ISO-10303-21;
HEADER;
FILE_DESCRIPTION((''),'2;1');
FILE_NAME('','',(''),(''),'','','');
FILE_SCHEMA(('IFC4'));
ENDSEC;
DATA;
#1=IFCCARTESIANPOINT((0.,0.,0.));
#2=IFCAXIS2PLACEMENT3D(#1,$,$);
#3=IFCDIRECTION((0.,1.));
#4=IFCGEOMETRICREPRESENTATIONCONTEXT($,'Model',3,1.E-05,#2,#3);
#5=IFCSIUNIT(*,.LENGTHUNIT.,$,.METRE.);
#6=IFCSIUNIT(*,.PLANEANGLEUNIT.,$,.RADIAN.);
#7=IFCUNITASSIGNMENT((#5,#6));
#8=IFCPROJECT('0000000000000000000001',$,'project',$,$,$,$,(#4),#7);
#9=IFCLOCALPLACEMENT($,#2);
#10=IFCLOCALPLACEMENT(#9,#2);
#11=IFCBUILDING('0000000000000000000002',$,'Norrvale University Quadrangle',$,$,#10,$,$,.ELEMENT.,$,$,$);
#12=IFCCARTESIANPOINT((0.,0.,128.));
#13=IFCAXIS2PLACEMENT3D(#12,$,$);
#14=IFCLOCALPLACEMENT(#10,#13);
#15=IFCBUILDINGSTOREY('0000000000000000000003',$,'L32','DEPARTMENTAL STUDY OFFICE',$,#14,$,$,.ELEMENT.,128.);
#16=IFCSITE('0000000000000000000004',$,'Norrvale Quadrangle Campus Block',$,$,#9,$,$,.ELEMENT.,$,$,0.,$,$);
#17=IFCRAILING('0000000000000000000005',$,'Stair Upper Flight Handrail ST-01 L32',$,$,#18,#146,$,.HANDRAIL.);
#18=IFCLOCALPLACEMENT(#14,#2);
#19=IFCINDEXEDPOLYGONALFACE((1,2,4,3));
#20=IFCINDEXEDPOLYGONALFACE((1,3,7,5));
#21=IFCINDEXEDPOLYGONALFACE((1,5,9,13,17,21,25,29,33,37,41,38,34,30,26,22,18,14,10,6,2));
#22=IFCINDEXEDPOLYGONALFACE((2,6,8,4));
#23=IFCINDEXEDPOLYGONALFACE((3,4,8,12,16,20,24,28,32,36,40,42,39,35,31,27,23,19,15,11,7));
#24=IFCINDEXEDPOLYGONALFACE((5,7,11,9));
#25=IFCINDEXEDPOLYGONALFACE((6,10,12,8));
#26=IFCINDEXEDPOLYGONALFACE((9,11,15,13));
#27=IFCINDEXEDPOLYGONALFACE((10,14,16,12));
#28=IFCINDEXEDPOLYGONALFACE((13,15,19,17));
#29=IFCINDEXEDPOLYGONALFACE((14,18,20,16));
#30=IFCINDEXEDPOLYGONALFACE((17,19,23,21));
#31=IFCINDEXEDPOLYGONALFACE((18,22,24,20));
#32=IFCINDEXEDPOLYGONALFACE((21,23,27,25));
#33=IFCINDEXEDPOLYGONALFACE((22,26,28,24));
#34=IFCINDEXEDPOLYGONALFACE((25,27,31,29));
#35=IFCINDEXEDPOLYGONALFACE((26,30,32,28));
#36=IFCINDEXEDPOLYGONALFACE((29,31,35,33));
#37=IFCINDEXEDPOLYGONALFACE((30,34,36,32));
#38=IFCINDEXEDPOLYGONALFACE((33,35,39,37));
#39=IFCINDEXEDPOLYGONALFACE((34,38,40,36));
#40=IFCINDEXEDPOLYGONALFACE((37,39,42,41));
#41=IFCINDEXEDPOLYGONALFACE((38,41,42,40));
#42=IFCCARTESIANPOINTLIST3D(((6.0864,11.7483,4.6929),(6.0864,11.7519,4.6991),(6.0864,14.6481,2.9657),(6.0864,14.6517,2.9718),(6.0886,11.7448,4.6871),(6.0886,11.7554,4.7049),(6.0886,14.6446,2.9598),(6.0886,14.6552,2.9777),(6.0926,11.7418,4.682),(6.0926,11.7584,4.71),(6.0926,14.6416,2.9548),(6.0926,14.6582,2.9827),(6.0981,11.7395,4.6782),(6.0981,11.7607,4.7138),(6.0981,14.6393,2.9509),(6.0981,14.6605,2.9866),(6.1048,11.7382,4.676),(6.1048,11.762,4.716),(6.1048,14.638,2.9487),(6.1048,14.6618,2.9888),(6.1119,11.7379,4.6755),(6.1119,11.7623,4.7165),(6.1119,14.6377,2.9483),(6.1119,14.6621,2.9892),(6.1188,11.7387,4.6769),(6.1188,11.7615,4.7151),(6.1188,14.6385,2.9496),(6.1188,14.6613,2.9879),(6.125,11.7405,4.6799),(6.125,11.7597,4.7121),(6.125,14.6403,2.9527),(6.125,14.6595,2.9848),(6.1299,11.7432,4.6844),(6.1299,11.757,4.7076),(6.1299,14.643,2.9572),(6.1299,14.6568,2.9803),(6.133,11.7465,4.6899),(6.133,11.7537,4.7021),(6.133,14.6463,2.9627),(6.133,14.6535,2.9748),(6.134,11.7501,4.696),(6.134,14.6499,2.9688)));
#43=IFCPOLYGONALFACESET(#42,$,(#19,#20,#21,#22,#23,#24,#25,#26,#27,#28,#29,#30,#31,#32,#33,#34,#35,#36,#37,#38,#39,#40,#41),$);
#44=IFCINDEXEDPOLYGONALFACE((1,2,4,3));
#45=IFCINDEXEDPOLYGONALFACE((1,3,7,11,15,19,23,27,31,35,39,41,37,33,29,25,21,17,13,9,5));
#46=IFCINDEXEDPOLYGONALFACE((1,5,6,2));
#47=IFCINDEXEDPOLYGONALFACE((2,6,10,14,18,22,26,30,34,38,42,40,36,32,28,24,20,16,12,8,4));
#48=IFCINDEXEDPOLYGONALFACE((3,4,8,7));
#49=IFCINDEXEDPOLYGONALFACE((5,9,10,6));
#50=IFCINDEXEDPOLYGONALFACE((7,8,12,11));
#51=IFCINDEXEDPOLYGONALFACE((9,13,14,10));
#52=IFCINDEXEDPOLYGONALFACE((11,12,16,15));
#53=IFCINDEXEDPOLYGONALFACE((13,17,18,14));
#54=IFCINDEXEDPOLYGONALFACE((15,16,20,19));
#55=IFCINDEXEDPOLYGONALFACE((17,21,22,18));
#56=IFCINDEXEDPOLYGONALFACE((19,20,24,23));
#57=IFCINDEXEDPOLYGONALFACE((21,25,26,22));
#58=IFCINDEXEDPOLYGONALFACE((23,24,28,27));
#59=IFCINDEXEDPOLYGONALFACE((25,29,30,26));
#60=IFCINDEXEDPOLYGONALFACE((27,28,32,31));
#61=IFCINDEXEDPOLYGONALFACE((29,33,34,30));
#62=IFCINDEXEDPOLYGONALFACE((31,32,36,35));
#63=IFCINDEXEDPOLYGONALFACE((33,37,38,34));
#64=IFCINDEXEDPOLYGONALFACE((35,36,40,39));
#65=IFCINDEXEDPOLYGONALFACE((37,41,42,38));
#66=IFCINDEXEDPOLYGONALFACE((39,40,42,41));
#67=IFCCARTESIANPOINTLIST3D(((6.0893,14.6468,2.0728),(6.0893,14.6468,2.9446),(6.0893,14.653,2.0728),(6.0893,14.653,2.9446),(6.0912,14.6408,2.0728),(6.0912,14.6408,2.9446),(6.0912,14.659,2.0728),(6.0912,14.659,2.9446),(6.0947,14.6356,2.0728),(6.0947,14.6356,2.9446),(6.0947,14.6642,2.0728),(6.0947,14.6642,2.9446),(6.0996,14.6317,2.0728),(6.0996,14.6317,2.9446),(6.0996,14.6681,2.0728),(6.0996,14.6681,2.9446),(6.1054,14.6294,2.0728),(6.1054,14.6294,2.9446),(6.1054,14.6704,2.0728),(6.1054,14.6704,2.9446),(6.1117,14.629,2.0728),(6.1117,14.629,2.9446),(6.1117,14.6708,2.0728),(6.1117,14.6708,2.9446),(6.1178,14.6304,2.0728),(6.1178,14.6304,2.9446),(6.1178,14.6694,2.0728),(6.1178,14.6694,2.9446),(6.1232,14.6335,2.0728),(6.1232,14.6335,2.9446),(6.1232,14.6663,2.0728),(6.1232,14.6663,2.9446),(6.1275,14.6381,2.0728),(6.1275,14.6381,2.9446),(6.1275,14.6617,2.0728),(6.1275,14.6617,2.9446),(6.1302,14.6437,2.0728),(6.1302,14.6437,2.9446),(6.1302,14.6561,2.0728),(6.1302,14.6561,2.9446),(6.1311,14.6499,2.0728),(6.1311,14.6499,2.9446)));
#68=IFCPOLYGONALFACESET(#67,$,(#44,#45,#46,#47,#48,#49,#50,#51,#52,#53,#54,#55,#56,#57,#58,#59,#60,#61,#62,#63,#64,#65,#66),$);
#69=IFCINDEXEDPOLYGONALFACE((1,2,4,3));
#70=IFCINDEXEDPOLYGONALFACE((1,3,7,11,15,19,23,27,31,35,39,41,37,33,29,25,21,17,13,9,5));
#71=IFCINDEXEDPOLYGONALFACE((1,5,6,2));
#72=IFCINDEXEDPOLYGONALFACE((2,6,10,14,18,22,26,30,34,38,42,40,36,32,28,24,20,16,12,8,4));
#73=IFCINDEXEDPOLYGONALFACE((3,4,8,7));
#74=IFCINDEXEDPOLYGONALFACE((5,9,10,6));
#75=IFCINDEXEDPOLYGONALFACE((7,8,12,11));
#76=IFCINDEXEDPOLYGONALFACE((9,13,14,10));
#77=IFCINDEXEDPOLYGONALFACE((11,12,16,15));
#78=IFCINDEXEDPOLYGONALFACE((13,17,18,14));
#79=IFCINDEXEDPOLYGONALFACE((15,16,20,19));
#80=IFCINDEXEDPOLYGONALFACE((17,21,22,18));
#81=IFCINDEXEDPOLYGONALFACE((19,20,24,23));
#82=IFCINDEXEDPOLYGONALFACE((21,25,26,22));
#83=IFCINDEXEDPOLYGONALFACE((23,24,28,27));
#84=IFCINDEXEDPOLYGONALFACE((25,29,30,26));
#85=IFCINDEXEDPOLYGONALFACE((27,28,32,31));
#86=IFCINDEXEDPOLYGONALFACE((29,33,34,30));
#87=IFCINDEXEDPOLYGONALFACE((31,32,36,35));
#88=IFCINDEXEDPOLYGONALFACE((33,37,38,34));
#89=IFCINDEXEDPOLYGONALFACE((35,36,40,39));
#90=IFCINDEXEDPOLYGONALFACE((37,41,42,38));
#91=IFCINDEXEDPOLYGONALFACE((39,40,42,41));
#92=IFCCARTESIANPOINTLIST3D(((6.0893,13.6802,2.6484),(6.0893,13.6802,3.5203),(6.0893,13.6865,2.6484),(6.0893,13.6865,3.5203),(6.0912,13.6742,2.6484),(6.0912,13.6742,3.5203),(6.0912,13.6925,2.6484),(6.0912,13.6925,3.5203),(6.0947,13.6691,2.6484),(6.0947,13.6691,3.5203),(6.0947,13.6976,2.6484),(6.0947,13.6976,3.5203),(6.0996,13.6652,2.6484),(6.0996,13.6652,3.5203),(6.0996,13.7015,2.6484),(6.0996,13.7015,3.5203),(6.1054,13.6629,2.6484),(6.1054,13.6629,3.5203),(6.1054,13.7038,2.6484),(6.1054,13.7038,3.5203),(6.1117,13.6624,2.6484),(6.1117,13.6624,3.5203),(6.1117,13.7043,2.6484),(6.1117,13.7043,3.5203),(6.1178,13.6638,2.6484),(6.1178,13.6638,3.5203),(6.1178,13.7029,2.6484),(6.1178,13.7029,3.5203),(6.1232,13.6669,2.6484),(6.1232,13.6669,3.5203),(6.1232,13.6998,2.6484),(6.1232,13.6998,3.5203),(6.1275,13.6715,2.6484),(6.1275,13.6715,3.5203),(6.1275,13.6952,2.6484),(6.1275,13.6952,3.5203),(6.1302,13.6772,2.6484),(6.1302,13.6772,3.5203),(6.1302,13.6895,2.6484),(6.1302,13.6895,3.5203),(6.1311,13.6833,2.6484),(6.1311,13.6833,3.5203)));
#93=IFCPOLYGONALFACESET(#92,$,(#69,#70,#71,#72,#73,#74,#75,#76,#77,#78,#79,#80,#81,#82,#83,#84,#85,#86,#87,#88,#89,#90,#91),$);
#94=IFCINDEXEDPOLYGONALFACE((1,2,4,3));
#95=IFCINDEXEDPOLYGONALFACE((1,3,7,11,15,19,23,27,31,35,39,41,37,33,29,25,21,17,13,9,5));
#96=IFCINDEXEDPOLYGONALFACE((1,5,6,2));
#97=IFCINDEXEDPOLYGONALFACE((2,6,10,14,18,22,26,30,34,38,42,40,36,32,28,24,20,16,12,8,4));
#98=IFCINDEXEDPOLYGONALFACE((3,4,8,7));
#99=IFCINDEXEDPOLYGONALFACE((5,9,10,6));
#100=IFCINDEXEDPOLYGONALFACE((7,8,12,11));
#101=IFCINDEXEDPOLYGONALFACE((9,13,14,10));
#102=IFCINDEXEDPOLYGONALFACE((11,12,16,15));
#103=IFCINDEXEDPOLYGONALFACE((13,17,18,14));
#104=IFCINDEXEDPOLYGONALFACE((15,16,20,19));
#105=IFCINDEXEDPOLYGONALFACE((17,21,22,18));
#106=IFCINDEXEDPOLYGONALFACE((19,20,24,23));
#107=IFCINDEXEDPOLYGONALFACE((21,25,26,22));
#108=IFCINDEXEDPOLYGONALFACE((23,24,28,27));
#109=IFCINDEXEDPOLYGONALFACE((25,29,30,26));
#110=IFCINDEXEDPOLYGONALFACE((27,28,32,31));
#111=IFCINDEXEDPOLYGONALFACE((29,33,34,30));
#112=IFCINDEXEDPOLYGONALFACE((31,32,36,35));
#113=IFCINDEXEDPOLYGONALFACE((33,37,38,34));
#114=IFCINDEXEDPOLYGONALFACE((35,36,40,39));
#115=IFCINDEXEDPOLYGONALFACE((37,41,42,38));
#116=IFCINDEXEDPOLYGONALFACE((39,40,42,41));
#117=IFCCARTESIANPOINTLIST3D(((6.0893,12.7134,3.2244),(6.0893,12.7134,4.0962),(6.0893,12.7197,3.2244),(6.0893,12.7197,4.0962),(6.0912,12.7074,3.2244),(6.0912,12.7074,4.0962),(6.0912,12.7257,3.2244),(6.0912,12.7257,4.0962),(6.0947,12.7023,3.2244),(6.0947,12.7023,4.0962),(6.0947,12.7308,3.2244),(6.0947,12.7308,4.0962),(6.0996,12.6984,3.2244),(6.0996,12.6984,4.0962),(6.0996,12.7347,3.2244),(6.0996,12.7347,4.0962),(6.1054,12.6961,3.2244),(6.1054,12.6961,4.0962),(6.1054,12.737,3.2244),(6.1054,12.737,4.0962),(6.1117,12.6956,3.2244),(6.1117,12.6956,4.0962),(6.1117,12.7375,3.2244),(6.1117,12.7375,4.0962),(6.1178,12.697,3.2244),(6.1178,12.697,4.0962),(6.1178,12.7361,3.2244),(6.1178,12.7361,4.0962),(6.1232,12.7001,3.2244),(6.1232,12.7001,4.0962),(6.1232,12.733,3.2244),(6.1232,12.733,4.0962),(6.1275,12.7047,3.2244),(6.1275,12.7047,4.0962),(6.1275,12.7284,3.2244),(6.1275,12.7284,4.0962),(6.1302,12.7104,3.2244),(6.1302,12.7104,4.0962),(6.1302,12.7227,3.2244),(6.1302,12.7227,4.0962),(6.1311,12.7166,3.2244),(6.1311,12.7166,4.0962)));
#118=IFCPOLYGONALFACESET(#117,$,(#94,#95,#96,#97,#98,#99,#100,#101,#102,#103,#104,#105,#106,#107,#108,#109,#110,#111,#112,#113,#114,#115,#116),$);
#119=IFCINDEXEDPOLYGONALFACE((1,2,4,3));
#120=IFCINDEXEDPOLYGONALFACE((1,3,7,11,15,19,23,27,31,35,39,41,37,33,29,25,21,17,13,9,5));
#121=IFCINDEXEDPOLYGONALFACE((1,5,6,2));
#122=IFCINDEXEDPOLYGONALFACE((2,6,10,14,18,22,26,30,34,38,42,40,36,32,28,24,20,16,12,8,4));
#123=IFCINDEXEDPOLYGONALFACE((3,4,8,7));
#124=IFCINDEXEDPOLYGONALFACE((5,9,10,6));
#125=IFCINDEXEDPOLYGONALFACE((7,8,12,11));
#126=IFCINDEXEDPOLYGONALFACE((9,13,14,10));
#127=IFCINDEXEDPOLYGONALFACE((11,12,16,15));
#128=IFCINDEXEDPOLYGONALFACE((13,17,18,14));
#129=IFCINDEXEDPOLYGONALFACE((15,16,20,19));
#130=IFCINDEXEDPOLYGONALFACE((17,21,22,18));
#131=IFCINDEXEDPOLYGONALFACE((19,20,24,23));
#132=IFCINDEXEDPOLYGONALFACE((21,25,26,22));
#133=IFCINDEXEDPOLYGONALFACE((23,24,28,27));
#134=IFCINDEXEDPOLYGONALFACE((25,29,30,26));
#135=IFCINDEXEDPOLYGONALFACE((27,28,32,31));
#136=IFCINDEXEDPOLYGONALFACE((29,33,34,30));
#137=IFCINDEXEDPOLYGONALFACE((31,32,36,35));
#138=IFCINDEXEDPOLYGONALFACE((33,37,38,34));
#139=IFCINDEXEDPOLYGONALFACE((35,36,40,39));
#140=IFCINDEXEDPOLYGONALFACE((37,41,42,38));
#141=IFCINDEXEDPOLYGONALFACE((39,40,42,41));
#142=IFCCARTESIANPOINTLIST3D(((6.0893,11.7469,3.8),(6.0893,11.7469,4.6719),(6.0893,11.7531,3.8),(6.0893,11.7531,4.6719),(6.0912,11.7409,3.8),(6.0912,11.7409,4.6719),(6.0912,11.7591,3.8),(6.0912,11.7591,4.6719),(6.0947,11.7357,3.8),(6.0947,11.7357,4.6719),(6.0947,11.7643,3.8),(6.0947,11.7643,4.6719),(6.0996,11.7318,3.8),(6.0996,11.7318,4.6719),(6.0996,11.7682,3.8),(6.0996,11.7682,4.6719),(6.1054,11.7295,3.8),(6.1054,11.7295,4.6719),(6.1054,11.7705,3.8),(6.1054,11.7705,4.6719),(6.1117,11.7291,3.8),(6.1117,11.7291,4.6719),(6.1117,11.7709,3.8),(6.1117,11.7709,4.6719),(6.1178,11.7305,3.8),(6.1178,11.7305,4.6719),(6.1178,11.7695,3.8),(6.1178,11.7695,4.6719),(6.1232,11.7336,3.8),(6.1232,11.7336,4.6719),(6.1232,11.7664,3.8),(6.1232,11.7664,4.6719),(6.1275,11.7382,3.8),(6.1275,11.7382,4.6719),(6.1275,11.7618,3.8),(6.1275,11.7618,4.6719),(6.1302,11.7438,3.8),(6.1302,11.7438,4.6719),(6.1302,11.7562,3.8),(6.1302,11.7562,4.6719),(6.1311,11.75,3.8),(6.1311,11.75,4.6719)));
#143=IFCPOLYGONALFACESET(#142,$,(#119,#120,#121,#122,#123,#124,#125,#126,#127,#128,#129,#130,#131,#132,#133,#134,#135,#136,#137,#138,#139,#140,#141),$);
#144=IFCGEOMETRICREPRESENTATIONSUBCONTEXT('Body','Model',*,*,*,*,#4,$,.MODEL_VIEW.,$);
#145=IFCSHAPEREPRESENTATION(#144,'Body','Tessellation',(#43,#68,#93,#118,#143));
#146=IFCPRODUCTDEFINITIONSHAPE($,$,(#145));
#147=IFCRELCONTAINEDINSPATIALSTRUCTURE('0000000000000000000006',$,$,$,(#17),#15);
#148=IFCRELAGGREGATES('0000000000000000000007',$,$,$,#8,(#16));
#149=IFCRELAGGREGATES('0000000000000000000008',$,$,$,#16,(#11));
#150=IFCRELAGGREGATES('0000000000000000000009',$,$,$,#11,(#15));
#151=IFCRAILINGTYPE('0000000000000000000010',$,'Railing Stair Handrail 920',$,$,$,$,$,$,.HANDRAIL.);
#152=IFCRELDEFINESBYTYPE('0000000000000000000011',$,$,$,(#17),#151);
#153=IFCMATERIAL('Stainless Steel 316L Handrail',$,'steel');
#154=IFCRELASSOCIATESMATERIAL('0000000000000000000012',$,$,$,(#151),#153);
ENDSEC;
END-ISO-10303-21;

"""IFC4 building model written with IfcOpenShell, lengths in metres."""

from ifc_helpers import new_model, si_unit, direction, frame, origin, origin_2d, place, context, subcontext, project, spatial, circle, extrude, material, type_object, element, save


model = new_model("IFC4")

# Units and contexts
model_context = context("Model", 3, precision=1e-05, world=origin(), true_north=direction((0.0, 1.0)))
body_context = subcontext(model_context, "Body", "Model", "MODEL_VIEW")
ifc_project = project(units=[si_unit("LENGTHUNIT", "METRE"), si_unit("PLANEANGLEUNIT", "RADIAN")], contexts=[model_context])

# Site, building, storey
site_placement = place(None, origin())
site = spatial("IfcSite", under=ifc_project, at=site_placement, Name="Norrvale Quadrangle Campus Block", CompositionType="ELEMENT", RefElevation=0.0)
building_placement = place(site_placement, origin())
building = spatial("IfcBuilding", under=site, at=building_placement, Name="Norrvale University Quadrangle", CompositionType="ELEMENT")
storey_placement = place(building_placement, frame((0.0, 0.0, 128.0)))
storey = spatial("IfcBuildingStorey", under=building, at=storey_placement, Name="L32", Description="DEPARTMENTAL STUDY OFFICE", CompositionType="ELEMENT", Elevation=128.0)

# Railing
ifc_material_1 = material(Name="Stainless Steel 316L Handrail", Category="steel")
railing_type_1 = type_object("IfcRailingType", Name="Railing Stair Handrail 920", PredefinedType="HANDRAIL", material=ifc_material_1)
railing_1_placement = place(storey_placement, frame((6.1101, 14.6499, 2.0728)))
element("IfcRailing", 1, at=railing_1_placement, inside=storey, type_object=railing_type_1, Name="Stair Upper Flight Handrail ST-01 L32", PredefinedType="HANDRAIL", context=body_context, shape_type="SweptSolid", body=[
    extrude(circle(Radius=0.0239, at=origin_2d()), frame((0.0, 0.0, 0.896), z_axis=(0.0, -0.859141, 0.511738), x_axis=(1.0, 0.0, 0.0)), (0.0, 0.0, 1.0), 3.3752),
    extrude(circle(Radius=0.021, at=origin_2d()), origin(), (0.0, 0.0, 1.0), 0.8718),
    extrude(circle(Radius=0.021, at=origin_2d()), frame((0.0, -0.9666, 0.5757)), (0.0, 0.0, 1.0), 0.8718),
    extrude(circle(Radius=0.021, at=origin_2d()), frame((0.0, -1.9333, 1.1516)), (0.0, 0.0, 1.0), 0.8718),
    extrude(circle(Radius=0.021, at=origin_2d()), frame((0.0, -2.8999, 1.7273)), (0.0, 0.0, 1.0), 0.8718),
])

save(model, "model.ifc")
